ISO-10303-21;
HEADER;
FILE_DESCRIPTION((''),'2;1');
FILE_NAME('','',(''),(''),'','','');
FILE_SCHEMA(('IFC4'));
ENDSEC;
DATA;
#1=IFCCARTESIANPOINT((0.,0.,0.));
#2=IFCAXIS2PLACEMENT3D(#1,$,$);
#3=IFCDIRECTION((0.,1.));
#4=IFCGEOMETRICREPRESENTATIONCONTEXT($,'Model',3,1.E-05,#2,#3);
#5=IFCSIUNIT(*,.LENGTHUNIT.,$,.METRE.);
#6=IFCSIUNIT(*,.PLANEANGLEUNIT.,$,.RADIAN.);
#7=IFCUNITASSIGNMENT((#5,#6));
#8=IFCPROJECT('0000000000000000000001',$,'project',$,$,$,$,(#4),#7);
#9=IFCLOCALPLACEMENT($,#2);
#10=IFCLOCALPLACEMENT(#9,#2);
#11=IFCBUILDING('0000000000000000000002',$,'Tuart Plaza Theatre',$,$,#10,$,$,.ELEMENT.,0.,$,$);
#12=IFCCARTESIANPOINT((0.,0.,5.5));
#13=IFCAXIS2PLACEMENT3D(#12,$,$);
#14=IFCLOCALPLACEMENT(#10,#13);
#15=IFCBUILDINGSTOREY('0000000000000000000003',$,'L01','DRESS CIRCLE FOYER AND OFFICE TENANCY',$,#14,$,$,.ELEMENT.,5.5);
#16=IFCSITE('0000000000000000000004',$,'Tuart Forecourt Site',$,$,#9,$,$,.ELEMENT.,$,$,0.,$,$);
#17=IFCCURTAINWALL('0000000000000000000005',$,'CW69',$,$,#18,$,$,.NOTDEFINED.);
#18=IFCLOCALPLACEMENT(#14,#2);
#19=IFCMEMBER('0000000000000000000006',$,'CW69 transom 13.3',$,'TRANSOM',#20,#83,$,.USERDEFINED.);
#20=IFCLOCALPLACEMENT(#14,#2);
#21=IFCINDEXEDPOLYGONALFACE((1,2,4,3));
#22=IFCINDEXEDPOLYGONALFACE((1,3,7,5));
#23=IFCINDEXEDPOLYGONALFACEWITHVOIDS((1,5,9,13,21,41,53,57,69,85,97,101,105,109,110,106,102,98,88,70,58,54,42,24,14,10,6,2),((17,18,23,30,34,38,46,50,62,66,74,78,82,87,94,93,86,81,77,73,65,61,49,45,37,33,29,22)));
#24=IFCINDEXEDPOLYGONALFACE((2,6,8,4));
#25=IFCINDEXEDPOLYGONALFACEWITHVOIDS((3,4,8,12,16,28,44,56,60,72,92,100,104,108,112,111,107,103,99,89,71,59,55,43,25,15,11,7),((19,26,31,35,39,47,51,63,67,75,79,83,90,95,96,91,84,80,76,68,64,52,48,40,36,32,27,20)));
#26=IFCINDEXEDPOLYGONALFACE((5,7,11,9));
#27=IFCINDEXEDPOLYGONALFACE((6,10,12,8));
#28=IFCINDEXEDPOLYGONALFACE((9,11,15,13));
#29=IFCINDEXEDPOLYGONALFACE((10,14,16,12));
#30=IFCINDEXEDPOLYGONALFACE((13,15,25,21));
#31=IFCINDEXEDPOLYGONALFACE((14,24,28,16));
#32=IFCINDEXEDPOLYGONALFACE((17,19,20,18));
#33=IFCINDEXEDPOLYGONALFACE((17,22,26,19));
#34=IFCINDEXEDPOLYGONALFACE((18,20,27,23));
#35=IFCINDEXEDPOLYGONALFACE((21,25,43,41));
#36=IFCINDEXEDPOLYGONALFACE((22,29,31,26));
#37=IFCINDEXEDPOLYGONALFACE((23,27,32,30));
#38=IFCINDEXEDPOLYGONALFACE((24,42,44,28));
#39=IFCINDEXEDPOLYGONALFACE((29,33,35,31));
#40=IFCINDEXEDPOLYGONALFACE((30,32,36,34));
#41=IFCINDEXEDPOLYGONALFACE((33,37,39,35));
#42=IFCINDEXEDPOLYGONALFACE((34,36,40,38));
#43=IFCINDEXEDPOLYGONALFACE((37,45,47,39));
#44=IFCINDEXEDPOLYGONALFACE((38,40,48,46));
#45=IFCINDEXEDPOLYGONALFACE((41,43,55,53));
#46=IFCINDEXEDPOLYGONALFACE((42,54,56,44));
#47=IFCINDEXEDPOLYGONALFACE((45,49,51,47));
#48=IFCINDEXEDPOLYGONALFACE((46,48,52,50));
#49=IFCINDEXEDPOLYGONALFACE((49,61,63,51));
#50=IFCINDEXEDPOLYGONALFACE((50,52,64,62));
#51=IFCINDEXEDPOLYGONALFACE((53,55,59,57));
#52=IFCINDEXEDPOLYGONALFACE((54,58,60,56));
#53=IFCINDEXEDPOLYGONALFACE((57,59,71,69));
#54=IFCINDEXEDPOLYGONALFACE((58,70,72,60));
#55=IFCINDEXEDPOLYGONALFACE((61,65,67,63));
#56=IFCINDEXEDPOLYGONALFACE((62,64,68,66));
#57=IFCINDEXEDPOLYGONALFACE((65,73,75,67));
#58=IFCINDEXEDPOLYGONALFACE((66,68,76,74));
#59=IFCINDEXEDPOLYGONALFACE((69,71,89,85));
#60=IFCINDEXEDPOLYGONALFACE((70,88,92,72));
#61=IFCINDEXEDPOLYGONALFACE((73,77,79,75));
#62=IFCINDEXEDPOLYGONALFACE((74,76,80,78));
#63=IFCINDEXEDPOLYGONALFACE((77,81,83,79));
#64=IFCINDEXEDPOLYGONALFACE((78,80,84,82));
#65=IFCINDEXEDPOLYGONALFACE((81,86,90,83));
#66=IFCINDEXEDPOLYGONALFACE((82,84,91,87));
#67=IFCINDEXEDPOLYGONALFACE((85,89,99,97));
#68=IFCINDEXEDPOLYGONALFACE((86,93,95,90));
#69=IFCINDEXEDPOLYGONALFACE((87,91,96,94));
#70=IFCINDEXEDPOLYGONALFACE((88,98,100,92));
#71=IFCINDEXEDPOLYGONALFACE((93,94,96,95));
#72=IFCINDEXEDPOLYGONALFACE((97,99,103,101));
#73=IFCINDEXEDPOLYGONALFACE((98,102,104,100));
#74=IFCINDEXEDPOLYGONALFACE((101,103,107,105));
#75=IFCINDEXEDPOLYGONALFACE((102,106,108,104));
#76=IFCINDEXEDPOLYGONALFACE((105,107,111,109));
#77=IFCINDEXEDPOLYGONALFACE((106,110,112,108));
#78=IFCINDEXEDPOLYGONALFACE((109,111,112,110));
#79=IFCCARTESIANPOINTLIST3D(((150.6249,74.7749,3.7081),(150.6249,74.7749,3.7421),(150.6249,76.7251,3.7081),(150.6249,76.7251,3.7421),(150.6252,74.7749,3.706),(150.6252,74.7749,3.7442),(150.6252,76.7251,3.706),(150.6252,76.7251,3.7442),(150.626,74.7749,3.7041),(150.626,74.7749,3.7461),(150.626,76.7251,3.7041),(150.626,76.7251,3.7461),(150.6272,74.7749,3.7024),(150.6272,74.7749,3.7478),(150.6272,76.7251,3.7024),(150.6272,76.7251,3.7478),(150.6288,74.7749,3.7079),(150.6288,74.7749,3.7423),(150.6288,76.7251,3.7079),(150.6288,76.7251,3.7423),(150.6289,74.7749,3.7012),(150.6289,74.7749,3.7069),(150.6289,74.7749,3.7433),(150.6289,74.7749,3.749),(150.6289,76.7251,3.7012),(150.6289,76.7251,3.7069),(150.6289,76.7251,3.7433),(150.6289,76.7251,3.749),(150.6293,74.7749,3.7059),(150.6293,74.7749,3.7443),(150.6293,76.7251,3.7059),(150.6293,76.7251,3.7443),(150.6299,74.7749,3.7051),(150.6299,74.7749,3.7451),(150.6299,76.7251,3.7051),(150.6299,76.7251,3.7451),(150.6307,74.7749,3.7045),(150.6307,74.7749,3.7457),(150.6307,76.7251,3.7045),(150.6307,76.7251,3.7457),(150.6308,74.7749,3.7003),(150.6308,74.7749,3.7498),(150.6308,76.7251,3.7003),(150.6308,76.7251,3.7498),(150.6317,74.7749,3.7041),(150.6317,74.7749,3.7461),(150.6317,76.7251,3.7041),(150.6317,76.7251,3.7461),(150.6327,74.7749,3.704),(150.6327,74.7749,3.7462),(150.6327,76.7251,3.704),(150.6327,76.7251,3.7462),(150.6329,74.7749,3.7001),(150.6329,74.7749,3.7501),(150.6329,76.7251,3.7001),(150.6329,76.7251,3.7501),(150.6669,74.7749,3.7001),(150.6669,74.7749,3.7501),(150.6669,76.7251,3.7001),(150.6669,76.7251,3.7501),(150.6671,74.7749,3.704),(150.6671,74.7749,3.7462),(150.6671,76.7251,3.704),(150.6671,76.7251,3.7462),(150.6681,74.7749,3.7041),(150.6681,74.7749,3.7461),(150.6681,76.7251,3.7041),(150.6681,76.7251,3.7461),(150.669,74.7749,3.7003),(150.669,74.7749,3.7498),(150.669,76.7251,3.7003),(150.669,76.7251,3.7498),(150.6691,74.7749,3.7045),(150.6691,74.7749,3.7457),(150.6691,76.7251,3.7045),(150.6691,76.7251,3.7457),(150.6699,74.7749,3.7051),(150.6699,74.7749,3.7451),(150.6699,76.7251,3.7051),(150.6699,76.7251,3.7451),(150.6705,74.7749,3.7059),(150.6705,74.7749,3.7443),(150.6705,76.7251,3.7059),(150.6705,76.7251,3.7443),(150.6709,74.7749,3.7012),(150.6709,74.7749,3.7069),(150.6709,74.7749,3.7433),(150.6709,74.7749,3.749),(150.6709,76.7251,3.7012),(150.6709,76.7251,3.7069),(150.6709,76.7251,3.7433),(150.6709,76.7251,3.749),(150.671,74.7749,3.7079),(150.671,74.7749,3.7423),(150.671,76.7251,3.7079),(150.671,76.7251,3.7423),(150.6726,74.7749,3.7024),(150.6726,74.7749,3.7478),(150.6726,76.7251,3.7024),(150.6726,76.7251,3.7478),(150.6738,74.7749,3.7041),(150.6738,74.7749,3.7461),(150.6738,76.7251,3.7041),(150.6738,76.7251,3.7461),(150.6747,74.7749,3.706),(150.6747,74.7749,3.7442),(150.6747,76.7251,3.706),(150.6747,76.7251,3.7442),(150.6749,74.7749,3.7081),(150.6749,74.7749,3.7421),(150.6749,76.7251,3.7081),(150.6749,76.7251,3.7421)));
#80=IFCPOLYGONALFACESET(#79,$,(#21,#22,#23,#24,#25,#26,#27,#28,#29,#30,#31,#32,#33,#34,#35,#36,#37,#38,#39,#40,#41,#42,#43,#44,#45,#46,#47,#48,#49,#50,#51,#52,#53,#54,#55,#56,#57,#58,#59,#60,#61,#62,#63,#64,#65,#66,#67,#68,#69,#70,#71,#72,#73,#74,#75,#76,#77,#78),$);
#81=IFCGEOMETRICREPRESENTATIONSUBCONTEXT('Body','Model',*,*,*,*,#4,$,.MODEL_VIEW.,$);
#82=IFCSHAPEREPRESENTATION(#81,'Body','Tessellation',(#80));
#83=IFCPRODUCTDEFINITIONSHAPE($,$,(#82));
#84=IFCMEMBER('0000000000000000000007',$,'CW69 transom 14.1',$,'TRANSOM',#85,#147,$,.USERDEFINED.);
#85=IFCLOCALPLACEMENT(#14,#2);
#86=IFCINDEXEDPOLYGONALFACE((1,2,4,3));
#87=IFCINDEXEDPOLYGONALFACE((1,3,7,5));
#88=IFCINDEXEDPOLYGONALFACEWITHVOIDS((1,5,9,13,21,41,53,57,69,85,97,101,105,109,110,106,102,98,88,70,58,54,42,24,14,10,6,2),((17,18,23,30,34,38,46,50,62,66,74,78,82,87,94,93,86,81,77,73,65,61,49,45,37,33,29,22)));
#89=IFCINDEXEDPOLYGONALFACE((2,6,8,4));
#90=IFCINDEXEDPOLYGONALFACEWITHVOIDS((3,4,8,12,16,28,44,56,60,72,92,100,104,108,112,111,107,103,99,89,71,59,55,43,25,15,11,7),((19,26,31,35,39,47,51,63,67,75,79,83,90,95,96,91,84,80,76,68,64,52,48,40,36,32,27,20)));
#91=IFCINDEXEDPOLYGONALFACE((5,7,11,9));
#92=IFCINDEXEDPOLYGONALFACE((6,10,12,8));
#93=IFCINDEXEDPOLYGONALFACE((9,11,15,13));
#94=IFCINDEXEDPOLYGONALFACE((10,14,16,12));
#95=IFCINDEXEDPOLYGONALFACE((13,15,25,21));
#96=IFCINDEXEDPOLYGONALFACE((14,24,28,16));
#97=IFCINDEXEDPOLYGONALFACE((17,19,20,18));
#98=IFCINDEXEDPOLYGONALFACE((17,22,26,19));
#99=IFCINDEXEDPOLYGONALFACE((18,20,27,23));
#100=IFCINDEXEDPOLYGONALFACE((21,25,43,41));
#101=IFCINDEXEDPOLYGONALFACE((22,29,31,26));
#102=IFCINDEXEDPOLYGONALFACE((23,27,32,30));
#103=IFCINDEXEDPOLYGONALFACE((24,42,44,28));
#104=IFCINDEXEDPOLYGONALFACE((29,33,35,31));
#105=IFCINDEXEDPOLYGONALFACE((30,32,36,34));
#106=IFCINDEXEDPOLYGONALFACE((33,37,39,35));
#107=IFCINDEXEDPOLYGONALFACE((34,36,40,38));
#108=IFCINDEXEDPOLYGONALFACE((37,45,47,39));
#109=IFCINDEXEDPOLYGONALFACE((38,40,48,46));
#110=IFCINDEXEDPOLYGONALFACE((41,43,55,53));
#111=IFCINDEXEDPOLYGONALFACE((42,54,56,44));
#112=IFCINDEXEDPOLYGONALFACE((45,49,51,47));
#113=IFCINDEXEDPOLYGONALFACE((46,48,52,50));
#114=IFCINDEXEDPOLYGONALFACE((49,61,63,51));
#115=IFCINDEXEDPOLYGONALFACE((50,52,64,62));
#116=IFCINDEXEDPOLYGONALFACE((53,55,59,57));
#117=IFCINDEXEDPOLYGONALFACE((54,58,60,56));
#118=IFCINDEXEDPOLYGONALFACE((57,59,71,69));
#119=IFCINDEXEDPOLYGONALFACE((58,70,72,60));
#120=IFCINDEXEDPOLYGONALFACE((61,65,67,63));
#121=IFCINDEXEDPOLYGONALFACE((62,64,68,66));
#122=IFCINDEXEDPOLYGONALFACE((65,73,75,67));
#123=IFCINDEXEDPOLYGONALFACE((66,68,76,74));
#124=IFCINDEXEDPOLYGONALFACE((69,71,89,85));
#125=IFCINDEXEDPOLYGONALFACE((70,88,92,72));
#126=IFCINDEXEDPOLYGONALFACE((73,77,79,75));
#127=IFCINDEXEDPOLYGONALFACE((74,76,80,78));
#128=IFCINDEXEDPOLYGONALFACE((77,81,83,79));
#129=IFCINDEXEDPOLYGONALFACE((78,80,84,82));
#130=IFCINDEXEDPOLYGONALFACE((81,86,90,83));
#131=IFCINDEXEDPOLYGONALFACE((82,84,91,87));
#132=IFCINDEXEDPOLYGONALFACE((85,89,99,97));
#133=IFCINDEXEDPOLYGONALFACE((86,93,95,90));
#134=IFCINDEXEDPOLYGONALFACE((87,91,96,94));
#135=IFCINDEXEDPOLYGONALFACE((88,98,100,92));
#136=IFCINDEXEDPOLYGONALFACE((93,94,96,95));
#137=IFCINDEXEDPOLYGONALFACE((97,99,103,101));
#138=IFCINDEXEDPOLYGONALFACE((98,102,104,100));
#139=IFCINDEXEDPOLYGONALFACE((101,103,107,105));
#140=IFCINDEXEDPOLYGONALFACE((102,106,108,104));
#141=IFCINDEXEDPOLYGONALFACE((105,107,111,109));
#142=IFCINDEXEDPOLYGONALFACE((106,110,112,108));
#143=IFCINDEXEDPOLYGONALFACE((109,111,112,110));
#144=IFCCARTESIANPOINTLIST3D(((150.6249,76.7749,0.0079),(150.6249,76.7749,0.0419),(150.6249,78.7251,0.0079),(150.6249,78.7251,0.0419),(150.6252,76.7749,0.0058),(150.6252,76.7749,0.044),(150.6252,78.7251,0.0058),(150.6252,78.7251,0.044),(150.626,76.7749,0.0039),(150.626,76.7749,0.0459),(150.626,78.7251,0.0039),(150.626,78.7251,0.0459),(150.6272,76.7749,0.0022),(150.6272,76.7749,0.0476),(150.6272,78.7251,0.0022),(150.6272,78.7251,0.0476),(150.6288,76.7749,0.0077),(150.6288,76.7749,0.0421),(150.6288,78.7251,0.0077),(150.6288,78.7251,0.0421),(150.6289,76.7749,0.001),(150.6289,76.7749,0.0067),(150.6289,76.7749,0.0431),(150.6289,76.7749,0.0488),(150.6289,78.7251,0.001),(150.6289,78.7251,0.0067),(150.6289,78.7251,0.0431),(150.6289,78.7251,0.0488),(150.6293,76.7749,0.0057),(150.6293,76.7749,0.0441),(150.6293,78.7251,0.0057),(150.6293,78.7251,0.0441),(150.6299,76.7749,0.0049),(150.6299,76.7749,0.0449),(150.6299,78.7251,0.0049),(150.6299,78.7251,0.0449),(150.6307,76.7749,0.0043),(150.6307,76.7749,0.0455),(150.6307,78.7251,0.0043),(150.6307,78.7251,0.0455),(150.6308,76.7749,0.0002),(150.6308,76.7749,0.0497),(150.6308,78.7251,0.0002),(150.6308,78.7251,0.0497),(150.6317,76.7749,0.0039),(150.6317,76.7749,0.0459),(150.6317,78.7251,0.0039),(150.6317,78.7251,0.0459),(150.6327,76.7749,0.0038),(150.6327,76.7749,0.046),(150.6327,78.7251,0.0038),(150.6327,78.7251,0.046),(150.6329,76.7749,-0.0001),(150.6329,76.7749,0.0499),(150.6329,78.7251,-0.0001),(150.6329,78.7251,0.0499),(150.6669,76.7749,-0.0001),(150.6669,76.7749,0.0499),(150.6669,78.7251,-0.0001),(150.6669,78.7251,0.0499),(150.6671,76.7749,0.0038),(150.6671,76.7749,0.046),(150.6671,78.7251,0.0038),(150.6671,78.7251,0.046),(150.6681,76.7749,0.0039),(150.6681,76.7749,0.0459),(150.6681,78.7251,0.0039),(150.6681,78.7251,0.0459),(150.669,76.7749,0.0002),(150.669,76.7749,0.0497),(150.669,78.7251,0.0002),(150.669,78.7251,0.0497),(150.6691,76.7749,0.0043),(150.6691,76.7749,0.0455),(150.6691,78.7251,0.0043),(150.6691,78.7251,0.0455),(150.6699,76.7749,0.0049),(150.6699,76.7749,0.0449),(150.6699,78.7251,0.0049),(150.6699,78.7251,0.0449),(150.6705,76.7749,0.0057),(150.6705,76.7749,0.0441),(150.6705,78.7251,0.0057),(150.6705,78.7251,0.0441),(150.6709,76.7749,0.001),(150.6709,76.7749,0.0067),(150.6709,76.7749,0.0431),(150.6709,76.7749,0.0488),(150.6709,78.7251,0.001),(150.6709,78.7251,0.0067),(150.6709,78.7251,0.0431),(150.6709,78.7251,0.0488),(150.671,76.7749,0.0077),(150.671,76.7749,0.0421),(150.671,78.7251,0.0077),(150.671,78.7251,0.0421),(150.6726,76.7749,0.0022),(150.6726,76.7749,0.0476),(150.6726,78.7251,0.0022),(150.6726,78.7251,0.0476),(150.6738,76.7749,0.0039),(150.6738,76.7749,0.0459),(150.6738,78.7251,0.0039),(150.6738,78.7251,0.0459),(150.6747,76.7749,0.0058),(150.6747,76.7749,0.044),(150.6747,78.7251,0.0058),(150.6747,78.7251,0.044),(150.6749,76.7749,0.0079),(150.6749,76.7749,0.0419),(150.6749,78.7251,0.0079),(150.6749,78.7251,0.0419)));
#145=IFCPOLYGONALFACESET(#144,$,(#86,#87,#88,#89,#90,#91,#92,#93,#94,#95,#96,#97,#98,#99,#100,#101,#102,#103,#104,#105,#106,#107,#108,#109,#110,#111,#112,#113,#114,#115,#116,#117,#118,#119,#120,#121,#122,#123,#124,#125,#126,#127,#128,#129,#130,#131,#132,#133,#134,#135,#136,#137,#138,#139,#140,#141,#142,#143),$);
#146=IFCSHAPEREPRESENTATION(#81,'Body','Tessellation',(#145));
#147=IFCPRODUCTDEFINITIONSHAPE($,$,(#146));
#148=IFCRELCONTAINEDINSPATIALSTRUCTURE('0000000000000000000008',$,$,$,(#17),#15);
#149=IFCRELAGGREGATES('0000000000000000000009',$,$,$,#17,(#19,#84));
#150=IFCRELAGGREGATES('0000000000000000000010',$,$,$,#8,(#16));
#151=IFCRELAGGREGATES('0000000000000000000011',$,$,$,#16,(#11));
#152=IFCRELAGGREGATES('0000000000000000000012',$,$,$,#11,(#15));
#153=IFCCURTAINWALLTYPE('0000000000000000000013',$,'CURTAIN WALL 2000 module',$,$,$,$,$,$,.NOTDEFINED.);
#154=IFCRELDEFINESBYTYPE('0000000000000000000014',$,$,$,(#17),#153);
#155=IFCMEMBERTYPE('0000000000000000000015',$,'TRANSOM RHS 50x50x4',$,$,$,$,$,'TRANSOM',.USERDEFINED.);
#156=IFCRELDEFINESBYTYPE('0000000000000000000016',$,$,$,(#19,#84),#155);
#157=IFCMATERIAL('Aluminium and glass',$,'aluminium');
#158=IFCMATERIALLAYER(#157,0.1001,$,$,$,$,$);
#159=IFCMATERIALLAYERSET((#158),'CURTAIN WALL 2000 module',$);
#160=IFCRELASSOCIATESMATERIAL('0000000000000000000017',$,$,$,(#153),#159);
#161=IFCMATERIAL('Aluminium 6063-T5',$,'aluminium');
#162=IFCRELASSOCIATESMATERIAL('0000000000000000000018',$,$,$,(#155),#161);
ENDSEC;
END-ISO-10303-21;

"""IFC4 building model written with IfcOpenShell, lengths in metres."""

from ifc_helpers import new_model, si_unit, direction, frame, origin, origin_2d, place, context, subcontext, project, spatial, hollow_rectangle, extrude, material, layer, layer_set, material_profile, profile_set, type_object, element, aggregate, save


model = new_model("IFC4")

# Units and contexts
model_context = context("Model", 3, precision=1e-05, world=origin(), true_north=direction((0.0, 1.0)))
body_context = subcontext(model_context, "Body", "Model", "MODEL_VIEW")
ifc_project = project(units=[si_unit("LENGTHUNIT", "METRE"), si_unit("PLANEANGLEUNIT", "RADIAN")], contexts=[model_context])

# Site, building, storey
site_placement = place(None, origin())
site = spatial("IfcSite", under=ifc_project, at=site_placement, Name="Tuart Forecourt Site", CompositionType="ELEMENT", RefElevation=0.0)
building_placement = place(site_placement, origin())
building = spatial("IfcBuilding", under=site, at=building_placement, Name="Tuart Plaza Theatre", CompositionType="ELEMENT", ElevationOfRefHeight=0.0)
storey_placement = place(building_placement, frame((0.0, 0.0, 5.5)))
storey = spatial("IfcBuildingStorey", under=building, at=storey_placement, Name="L01", Description="DRESS CIRCLE FOYER AND OFFICE TENANCY", CompositionType="ELEMENT", Elevation=5.5)

# Curtain wall, members
ifc_material_1 = material(Name="Aluminium and glass", Category="aluminium")
ifc_layer_1 = layer(ifc_material_1, 0.1001)
ifc_layer_set_1 = layer_set([ifc_layer_1], Name="CURTAIN WALL 2000 module")
curtain_wall_type = type_object("IfcCurtainWallType", Name="CURTAIN WALL 2000 module", PredefinedType="NOTDEFINED", material=ifc_layer_set_1)
curtain_wall_placement = place(storey_placement, origin())
curtain_wall = element("IfcCurtainWall", 1, at=curtain_wall_placement, inside=storey, type_object=curtain_wall_type, Name="CW69", PredefinedType="NOTDEFINED")
ifc_material_2 = material(Name="Aluminium 6063-T5", Category="aluminium")
ifc_material_profile_1 = material_profile(ifc_material_2, hollow_rectangle(XDim=0.05, YDim=0.05, WallThickness=0.0039, InnerFilletRadius=0.0039, OuterFilletRadius=0.0081, at=origin_2d()), Name="RHS 50x50x4")
ifc_profile_set_1 = profile_set([ifc_material_profile_1], Name="Aluminium 6063-T5")
member_type_1 = type_object("IfcMemberType", Name="TRANSOM RHS 50x50x4", ElementType="TRANSOM", PredefinedType="USERDEFINED", material=ifc_profile_set_1)
member_1_placement = place(storey_placement, frame((150.6499, 74.7749, 3.7251), z_axis=(0.0, 1.0, 0.0), x_axis=(-1.0, 0.0, 0.0)))
member_1 = element("IfcMember", 2, at=member_1_placement, type_object=member_type_1, Name="CW69 transom 13.3", ObjectType="TRANSOM", PredefinedType="USERDEFINED", context=body_context, shape_type="SweptSolid", body=[
    extrude(hollow_rectangle(XDim=0.05, YDim=0.05, WallThickness=0.0039, InnerFilletRadius=0.0039, OuterFilletRadius=0.0081, at=origin_2d()), origin(), (0.0, 0.0, 1.0), 1.9502),
])
member_2_placement = place(storey_placement, frame((150.6499, 76.7749, 0.0249), z_axis=(0.0, 1.0, 0.0), x_axis=(-1.0, 0.0, 0.0)))
member_2 = element("IfcMember", 3, at=member_2_placement, type_object=member_type_1, Name="CW69 transom 14.1", ObjectType="TRANSOM", PredefinedType="USERDEFINED", context=body_context, shape_type="SweptSolid", body=[
    extrude(hollow_rectangle(XDim=0.05, YDim=0.05, WallThickness=0.0039, InnerFilletRadius=0.0039, OuterFilletRadius=0.0081, at=origin_2d()), origin(), (0.0, 0.0, 1.0), 1.9502),
])
aggregate(curtain_wall, [member_1, member_2])

save(model, "model.ifc")
